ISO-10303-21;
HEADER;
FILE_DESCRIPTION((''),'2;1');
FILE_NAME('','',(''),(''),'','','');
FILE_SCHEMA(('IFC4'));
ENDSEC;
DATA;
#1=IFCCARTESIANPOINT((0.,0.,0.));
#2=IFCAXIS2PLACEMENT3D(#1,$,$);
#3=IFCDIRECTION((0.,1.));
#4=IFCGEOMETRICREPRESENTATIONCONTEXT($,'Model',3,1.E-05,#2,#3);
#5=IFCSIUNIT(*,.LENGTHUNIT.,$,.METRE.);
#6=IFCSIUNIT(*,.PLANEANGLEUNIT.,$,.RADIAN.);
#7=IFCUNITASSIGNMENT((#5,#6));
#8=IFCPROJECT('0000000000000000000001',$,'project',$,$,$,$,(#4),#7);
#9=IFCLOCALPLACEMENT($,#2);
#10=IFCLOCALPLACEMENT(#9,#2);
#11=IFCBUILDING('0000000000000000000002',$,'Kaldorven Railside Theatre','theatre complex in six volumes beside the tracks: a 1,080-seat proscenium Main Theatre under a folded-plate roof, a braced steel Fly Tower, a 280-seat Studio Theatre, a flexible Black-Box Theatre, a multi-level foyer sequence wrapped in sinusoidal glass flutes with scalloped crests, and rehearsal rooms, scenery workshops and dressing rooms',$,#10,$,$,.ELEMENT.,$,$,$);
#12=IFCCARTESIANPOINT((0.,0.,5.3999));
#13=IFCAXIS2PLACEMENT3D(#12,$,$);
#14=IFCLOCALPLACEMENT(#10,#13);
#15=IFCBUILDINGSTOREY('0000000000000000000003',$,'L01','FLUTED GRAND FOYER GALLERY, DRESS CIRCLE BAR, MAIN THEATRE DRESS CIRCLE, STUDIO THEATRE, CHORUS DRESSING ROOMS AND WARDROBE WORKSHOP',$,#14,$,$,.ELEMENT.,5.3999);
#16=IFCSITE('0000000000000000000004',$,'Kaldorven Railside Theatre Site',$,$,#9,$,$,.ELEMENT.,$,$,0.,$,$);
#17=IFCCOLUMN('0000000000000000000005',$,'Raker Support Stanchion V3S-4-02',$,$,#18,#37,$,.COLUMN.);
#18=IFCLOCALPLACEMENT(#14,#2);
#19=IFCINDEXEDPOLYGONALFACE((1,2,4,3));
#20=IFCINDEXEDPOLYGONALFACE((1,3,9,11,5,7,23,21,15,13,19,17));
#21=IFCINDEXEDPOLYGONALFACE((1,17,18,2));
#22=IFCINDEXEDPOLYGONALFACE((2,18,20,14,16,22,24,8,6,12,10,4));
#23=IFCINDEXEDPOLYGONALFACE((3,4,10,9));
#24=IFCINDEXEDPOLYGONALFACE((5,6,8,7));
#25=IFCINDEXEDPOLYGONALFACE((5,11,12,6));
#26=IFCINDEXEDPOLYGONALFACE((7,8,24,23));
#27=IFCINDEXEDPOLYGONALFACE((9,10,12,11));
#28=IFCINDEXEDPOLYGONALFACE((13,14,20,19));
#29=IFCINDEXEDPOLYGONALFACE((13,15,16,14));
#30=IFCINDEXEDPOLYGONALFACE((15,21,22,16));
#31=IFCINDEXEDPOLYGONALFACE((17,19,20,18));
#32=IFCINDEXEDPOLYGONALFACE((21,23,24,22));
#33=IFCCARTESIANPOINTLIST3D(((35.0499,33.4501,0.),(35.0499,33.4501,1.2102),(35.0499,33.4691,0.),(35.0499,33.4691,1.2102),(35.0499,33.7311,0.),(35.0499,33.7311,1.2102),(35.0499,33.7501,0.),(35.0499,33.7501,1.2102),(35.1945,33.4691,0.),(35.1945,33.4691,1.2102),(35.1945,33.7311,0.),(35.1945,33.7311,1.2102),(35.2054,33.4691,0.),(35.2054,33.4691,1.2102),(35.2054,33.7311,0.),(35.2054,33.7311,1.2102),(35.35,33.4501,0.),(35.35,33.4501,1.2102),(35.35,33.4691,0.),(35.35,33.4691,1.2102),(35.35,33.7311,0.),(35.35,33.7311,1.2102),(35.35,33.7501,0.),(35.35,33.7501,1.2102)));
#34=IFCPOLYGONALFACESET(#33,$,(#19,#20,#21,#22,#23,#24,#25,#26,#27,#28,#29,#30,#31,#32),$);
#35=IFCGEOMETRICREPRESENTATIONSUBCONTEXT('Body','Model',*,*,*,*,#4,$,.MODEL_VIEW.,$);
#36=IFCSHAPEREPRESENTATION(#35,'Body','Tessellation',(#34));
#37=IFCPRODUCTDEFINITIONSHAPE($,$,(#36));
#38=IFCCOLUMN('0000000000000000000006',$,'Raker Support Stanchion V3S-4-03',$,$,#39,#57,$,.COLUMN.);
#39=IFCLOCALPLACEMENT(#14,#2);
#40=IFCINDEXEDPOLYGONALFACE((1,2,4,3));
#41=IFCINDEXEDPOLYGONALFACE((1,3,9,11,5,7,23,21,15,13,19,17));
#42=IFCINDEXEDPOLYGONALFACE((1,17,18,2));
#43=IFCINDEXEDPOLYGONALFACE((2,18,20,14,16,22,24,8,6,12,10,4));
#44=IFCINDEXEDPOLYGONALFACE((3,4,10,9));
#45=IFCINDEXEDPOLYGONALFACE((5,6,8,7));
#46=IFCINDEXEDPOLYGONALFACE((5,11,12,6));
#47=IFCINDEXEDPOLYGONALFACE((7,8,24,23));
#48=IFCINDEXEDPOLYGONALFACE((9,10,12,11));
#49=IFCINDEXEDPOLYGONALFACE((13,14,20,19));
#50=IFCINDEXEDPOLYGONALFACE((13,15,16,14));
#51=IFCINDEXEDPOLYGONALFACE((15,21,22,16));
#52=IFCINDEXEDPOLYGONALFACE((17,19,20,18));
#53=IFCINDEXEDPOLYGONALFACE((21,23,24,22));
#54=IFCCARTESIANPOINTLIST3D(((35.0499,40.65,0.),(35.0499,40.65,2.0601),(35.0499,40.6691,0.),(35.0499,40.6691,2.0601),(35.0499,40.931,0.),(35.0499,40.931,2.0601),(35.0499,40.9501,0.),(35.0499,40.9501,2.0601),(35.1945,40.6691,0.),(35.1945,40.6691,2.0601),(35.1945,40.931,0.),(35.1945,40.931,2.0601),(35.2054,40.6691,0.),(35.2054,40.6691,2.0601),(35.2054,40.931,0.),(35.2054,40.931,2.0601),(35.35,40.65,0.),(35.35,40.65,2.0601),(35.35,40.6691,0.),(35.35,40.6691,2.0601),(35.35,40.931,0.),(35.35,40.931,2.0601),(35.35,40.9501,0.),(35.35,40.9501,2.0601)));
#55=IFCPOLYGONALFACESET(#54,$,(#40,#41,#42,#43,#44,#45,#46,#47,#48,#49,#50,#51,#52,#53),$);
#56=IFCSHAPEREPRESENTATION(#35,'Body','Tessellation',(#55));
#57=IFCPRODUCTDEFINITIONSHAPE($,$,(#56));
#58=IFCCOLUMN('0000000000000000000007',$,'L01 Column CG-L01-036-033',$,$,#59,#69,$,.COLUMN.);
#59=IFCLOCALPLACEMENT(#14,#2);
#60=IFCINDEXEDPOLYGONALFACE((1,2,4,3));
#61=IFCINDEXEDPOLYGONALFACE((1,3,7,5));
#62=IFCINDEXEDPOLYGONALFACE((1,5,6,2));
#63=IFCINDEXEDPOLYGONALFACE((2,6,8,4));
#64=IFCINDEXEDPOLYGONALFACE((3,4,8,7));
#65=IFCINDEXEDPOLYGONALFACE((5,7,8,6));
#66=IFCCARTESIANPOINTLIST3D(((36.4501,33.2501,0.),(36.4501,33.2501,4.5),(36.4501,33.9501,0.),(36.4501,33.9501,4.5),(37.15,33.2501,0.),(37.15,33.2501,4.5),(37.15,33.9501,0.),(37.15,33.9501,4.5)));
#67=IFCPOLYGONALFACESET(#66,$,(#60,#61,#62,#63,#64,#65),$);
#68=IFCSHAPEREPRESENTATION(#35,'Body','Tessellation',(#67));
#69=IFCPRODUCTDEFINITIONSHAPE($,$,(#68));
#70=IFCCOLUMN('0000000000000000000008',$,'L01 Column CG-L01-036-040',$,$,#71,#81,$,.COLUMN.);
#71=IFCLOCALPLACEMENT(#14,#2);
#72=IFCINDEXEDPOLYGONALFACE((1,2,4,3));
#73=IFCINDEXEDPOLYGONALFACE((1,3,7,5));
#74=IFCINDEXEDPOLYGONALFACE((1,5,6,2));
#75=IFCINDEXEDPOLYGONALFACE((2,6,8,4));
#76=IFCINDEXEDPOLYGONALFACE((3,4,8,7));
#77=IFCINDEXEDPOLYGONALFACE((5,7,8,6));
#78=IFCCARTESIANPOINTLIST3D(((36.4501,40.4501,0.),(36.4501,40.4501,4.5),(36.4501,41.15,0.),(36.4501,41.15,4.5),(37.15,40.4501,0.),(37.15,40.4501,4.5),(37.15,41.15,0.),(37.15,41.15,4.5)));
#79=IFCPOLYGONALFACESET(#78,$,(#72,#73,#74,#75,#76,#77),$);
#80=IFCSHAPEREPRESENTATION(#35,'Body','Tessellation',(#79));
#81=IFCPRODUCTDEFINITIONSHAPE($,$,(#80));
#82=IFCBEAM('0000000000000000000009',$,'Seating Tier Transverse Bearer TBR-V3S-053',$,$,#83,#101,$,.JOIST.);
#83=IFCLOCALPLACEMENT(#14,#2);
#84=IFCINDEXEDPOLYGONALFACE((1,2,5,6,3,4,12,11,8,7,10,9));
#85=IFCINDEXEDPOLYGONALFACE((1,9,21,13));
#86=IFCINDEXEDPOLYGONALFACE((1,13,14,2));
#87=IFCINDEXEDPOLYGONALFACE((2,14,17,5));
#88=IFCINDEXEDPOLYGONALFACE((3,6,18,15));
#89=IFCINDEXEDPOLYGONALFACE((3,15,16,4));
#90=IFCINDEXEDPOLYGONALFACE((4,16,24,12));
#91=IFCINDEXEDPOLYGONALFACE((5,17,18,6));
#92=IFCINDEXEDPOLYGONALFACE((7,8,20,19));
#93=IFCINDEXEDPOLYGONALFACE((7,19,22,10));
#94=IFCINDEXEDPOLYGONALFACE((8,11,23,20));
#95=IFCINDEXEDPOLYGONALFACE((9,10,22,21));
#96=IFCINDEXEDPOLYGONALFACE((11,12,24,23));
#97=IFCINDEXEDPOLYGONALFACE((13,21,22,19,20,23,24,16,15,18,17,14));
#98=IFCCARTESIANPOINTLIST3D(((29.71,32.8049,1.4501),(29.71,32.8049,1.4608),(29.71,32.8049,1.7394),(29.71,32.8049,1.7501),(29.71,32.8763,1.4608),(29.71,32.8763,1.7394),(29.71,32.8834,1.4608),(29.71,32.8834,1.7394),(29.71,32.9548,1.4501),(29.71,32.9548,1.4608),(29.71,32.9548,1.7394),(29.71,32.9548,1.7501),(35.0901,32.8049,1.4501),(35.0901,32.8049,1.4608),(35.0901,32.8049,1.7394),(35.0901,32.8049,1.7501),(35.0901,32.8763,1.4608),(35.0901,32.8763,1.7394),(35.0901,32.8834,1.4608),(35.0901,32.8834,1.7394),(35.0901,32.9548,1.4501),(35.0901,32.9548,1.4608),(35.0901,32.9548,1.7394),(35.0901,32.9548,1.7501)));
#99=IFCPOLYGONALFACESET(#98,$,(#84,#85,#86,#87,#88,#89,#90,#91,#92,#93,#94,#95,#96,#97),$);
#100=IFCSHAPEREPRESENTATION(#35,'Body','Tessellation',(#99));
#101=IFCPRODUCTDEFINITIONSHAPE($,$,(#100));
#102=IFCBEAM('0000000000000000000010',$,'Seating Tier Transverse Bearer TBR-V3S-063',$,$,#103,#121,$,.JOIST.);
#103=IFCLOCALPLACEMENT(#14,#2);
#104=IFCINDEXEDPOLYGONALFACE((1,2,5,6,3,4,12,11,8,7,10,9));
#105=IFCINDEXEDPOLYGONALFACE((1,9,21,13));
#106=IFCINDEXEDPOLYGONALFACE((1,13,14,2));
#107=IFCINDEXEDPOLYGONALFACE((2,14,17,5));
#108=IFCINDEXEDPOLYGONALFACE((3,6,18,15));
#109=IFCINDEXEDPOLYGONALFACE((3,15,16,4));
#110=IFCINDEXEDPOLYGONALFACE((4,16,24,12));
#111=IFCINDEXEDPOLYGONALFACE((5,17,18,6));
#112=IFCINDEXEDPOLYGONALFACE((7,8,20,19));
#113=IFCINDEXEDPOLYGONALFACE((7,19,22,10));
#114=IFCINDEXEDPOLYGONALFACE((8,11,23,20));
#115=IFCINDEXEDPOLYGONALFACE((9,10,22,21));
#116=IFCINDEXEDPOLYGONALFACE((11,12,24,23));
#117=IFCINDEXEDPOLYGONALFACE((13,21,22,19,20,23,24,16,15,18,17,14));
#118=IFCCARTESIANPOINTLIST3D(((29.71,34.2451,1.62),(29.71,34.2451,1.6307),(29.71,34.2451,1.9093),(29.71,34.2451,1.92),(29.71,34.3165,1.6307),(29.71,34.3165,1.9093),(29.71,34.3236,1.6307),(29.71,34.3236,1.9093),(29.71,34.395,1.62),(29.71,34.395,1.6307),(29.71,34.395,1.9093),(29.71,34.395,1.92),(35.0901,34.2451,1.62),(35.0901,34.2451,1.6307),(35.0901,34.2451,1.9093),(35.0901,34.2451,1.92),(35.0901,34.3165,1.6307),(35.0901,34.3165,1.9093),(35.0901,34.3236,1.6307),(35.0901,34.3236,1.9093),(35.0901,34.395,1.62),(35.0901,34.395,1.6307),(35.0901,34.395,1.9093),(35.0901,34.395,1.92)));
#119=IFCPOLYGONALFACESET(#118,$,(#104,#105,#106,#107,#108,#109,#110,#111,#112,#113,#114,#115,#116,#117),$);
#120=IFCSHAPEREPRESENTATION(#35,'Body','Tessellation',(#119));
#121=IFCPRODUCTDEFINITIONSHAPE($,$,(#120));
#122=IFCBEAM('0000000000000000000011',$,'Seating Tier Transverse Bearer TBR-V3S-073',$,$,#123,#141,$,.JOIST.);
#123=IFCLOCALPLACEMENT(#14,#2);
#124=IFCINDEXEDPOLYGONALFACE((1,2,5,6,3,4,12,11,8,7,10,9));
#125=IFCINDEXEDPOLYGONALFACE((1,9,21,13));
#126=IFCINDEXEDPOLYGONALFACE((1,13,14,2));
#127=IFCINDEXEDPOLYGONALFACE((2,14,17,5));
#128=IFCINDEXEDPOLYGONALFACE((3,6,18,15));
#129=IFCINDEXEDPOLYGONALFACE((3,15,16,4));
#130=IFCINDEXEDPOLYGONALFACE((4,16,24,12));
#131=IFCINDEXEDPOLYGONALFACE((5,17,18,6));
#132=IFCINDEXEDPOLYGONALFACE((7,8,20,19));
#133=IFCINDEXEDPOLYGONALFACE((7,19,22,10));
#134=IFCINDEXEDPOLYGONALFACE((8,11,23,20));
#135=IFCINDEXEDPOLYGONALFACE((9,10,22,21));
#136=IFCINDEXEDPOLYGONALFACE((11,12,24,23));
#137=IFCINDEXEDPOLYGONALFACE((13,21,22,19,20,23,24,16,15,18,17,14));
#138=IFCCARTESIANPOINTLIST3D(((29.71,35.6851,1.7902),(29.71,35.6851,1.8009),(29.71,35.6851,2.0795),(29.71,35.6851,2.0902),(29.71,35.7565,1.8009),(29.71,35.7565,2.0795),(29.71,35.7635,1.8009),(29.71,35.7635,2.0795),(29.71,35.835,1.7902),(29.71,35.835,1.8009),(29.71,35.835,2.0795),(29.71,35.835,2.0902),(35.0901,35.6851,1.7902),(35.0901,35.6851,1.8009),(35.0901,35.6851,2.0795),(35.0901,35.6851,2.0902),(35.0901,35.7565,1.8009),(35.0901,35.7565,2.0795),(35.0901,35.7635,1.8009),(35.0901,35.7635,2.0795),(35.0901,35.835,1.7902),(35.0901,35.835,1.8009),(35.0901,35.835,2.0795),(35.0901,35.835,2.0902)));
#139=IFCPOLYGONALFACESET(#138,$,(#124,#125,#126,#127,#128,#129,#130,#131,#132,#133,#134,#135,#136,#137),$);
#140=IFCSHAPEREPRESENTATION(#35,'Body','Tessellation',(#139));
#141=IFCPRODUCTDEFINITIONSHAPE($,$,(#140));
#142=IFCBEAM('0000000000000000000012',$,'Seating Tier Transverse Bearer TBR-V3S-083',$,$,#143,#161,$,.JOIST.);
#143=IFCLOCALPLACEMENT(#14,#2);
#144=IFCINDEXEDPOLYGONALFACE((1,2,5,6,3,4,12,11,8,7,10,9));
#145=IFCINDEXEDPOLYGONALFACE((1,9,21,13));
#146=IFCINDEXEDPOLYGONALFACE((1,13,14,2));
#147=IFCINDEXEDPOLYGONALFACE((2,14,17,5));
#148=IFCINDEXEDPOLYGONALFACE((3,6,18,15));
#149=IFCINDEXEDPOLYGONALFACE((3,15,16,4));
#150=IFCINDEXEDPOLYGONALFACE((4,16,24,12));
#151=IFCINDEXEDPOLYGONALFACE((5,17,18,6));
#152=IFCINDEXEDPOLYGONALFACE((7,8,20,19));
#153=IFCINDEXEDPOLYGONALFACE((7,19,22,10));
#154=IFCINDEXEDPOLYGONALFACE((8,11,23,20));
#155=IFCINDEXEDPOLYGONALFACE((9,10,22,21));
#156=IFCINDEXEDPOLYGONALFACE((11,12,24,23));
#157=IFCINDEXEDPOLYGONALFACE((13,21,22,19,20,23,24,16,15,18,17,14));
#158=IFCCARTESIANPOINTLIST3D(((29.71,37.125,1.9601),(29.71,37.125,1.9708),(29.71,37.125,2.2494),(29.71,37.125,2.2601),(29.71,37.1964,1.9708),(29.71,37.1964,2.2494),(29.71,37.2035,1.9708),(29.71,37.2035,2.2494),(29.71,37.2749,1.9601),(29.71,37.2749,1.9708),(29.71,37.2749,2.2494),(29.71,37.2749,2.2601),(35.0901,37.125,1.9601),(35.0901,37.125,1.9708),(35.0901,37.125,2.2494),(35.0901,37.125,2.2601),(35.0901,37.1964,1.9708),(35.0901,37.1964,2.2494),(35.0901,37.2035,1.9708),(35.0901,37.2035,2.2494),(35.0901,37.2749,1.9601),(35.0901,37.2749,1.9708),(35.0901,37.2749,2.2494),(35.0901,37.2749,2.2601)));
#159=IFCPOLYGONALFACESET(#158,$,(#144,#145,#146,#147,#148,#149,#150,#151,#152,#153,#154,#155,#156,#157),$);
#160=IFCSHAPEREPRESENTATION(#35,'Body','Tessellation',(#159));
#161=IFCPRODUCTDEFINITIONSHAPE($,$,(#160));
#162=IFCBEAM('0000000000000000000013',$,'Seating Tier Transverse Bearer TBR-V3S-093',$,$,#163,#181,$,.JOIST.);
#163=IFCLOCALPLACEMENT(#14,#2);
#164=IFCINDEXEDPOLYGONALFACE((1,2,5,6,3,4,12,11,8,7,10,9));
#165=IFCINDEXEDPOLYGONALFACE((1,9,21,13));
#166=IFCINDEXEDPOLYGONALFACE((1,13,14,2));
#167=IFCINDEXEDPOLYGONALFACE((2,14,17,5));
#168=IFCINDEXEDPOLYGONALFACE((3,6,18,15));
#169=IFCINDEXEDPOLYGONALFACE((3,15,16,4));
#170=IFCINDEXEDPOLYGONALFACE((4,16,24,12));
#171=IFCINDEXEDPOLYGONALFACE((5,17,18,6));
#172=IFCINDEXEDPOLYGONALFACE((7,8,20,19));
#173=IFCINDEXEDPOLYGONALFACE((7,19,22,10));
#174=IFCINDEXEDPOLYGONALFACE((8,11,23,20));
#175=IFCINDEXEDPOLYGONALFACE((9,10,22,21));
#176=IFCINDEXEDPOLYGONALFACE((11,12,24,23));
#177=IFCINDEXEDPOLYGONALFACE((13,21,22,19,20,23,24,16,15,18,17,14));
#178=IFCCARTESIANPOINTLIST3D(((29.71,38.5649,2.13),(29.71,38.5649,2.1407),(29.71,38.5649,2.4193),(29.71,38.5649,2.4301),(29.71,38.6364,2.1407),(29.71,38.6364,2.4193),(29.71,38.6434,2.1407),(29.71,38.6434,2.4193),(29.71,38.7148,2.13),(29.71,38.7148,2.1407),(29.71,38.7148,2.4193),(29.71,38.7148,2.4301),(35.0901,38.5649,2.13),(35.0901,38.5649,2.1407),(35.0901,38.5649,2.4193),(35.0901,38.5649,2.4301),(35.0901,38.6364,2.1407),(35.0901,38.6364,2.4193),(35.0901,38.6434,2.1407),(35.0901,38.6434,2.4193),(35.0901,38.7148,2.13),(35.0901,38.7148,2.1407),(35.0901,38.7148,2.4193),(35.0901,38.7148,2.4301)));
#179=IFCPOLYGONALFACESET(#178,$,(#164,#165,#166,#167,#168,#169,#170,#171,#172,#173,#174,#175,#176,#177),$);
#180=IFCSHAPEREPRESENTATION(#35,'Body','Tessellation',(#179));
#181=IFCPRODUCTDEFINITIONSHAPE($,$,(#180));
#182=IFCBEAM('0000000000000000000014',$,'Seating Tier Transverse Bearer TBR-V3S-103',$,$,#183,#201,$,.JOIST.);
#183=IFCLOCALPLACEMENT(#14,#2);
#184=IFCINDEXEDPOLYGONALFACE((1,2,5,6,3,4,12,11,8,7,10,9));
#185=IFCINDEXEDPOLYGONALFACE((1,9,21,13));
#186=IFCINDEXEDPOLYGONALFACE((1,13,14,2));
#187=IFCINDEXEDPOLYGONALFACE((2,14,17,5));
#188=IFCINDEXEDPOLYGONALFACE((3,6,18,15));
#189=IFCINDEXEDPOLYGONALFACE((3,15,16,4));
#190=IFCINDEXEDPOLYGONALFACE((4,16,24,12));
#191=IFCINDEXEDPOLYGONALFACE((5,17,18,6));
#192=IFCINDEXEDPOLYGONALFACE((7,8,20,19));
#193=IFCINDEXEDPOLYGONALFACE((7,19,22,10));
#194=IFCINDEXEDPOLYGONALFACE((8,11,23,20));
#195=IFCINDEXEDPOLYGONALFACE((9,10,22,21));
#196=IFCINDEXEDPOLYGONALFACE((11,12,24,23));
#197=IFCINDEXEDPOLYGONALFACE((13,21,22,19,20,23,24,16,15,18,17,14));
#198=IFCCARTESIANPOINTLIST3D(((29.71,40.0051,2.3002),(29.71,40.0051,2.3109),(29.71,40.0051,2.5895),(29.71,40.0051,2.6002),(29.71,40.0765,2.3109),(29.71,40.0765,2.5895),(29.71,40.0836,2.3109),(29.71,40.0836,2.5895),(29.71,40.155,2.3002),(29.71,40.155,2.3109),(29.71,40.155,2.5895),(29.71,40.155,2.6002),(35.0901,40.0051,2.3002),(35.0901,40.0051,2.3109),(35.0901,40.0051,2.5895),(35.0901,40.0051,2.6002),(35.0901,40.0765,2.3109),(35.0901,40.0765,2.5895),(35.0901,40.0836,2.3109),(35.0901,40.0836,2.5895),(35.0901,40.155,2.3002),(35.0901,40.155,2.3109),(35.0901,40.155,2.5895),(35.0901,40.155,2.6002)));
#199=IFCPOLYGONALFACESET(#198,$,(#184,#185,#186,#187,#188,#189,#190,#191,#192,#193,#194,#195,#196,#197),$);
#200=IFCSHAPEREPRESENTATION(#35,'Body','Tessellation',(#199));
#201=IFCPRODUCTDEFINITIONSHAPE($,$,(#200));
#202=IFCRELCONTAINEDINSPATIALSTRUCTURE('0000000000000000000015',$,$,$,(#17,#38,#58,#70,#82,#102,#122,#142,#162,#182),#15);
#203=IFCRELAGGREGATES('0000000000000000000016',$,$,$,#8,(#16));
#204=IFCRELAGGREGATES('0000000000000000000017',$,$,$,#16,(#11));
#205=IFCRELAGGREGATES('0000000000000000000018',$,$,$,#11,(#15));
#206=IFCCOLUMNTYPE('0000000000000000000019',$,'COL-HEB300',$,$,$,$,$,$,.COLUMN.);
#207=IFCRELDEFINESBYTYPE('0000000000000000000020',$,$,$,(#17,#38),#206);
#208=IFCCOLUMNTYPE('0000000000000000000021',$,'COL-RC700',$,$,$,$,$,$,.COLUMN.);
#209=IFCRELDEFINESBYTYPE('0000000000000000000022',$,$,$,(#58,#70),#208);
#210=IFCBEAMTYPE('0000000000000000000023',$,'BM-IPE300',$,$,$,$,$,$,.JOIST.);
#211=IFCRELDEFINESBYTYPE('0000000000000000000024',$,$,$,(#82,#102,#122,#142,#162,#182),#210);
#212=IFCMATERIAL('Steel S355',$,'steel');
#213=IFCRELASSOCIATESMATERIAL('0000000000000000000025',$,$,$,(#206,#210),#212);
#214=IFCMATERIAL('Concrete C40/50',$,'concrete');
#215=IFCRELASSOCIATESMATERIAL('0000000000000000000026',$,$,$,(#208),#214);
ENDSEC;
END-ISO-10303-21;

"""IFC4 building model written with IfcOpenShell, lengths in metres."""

from ifc_helpers import new_model, si_unit, direction, frame, origin, origin_2d, place, context, subcontext, project, spatial, rectangle, i_section, extrude, material, material_profile, profile_set, type_object, element, save


model = new_model("IFC4")

# Units and contexts
model_context = context("Model", 3, precision=1e-05, world=origin(), true_north=direction((0.0, 1.0)))
body_context = subcontext(model_context, "Body", "Model", "MODEL_VIEW")
ifc_project = project(units=[si_unit("LENGTHUNIT", "METRE"), si_unit("PLANEANGLEUNIT", "RADIAN")], contexts=[model_context])

# Site, building, storey
site_placement = place(None, origin())
site = spatial("IfcSite", under=ifc_project, at=site_placement, Name="Kaldorven Railside Theatre Site", CompositionType="ELEMENT", RefElevation=0.0)
building_placement = place(site_placement, origin())
building = spatial("IfcBuilding", under=site, at=building_placement, Name="Kaldorven Railside Theatre", Description="theatre complex in six volumes beside the tracks: a 1,080-seat proscenium Main Theatre under a folded-plate roof, a braced steel Fly Tower, a 280-seat Studio Theatre, a flexible Black-Box Theatre, a multi-level foyer sequence wrapped in sinusoidal glass flutes with scalloped crests, and rehearsal rooms, scenery workshops and dressing rooms", CompositionType="ELEMENT")
storey_placement = place(building_placement, frame((0.0, 0.0, 5.3999)))
storey = spatial("IfcBuildingStorey", under=building, at=storey_placement, Name="L01", Description="FLUTED GRAND FOYER GALLERY, DRESS CIRCLE BAR, MAIN THEATRE DRESS CIRCLE, STUDIO THEATRE, CHORUS DRESSING ROOMS AND WARDROBE WORKSHOP", CompositionType="ELEMENT", Elevation=5.3999)

# Columns
ifc_material_1 = material(Name="Steel S355", Category="steel")
ifc_material_profile_1 = material_profile(ifc_material_1, i_section(OverallWidth=0.3, OverallDepth=0.3, WebThickness=0.011, FlangeThickness=0.019, at=origin_2d()), Name="HEB 300")
ifc_profile_set_1 = profile_set([ifc_material_profile_1], Name="Steel S355")
column_type_1 = type_object("IfcColumnType", Name="COL-HEB300", PredefinedType="COLUMN", material=ifc_profile_set_1)
column_1_placement = place(storey_placement, frame((35.2, 33.6001, 0.0), z_axis=(0.0, 0.0, 1.0), x_axis=(1.0, 0.0, 0.0)))
element("IfcColumn", 1, at=column_1_placement, inside=storey, type_object=column_type_1, Name="Raker Support Stanchion V3S-4-02", PredefinedType="COLUMN", context=body_context, shape_type="SweptSolid", body=[
    extrude(i_section(OverallWidth=0.3, OverallDepth=0.3, WebThickness=0.011, FlangeThickness=0.019, at=origin_2d()), origin(), (0.0, 0.0, 1.0), 1.2102),
])
column_2_placement = place(storey_placement, frame((35.2, 40.8, 0.0), z_axis=(0.0, 0.0, 1.0), x_axis=(1.0, 0.0, 0.0)))
element("IfcColumn", 2, at=column_2_placement, inside=storey, type_object=column_type_1, Name="Raker Support Stanchion V3S-4-03", PredefinedType="COLUMN", context=body_context, shape_type="SweptSolid", body=[
    extrude(i_section(OverallWidth=0.3, OverallDepth=0.3, WebThickness=0.011, FlangeThickness=0.019, at=origin_2d()), origin(), (0.0, 0.0, 1.0), 2.0601),
])
ifc_material_2 = material(Name="Concrete C40/50", Category="concrete")
ifc_material_profile_2 = material_profile(ifc_material_2, rectangle(XDim=0.7, YDim=0.7, at=origin_2d()), Name="RC 700x700")
ifc_profile_set_2 = profile_set([ifc_material_profile_2], Name="Concrete C40/50")
column_type_2 = type_object("IfcColumnType", Name="COL-RC700", PredefinedType="COLUMN", material=ifc_profile_set_2)
for number, where, z_axis, x_axis, name in (
    (3, (36.8, 33.6001, 0.0), (0.0, 0.0, 1.0), (1.0, 0.0, 0.0), "L01 Column CG-L01-036-033"),
    (4, (36.8, 40.8, 0.0), (0.0, 0.0, 1.0), (0.0, 1.0, 0.0), "L01 Column CG-L01-036-040"),
):
    element("IfcColumn", number, at=place(storey_placement, frame(where, z_axis=z_axis, x_axis=x_axis)), inside=storey, type_object=column_type_2, Name=name, PredefinedType="COLUMN", context=body_context, shape_type="SweptSolid", body=[
        extrude(rectangle(XDim=0.7, YDim=0.7, at=origin_2d()), origin(), (0.0, 0.0, 1.0), 4.5),
    ])

# Beams
ifc_material_profile_3 = material_profile(ifc_material_1, i_section(OverallWidth=0.1499, OverallDepth=0.3, WebThickness=0.0071, FlangeThickness=0.0107, at=origin_2d()), Name="IPE 300")
ifc_profile_set_3 = profile_set([ifc_material_profile_3], Name="Steel S355")
beam_type_1 = type_object("IfcBeamType", Name="BM-IPE300", PredefinedType="JOIST", material=ifc_profile_set_3)
for number, where, z_axis, x_axis, name in (
    (5, (29.71, 32.8799, 1.6001), (1.0, 0.0, 0.0), (0.0, 1.0, 0.0), "Seating Tier Transverse Bearer TBR-V3S-053"),
    (6, (29.71, 34.3201, 1.77), (1.0, 0.0, 0.0), (0.0, 1.0, 0.0), "Seating Tier Transverse Bearer TBR-V3S-063"),
    (7, (29.71, 35.76, 1.9402), (1.0, 0.0, 0.0), (0.0, 1.0, 0.0), "Seating Tier Transverse Bearer TBR-V3S-073"),
    (8, (29.71, 37.2, 2.1101), (1.0, 0.0, 0.0), (0.0, 1.0, 0.0), "Seating Tier Transverse Bearer TBR-V3S-083"),
    (9, (29.71, 38.6399, 2.28), (1.0, 0.0, 0.0), (0.0, 1.0, 0.0), "Seating Tier Transverse Bearer TBR-V3S-093"),
    (10, (29.71, 40.0801, 2.4502), (1.0, 0.0, 0.0), (0.0, 1.0, 0.0), "Seating Tier Transverse Bearer TBR-V3S-103"),
):
    element("IfcBeam", number, at=place(storey_placement, frame(where, z_axis=z_axis, x_axis=x_axis)), inside=storey, type_object=beam_type_1, Name=name, PredefinedType="JOIST", context=body_context, shape_type="SweptSolid", body=[
        extrude(i_section(OverallWidth=0.1499, OverallDepth=0.3, WebThickness=0.0071, FlangeThickness=0.0107, at=origin_2d()), origin(), (0.0, 0.0, 1.0), 5.3801),
    ])

save(model, "model.ifc")
